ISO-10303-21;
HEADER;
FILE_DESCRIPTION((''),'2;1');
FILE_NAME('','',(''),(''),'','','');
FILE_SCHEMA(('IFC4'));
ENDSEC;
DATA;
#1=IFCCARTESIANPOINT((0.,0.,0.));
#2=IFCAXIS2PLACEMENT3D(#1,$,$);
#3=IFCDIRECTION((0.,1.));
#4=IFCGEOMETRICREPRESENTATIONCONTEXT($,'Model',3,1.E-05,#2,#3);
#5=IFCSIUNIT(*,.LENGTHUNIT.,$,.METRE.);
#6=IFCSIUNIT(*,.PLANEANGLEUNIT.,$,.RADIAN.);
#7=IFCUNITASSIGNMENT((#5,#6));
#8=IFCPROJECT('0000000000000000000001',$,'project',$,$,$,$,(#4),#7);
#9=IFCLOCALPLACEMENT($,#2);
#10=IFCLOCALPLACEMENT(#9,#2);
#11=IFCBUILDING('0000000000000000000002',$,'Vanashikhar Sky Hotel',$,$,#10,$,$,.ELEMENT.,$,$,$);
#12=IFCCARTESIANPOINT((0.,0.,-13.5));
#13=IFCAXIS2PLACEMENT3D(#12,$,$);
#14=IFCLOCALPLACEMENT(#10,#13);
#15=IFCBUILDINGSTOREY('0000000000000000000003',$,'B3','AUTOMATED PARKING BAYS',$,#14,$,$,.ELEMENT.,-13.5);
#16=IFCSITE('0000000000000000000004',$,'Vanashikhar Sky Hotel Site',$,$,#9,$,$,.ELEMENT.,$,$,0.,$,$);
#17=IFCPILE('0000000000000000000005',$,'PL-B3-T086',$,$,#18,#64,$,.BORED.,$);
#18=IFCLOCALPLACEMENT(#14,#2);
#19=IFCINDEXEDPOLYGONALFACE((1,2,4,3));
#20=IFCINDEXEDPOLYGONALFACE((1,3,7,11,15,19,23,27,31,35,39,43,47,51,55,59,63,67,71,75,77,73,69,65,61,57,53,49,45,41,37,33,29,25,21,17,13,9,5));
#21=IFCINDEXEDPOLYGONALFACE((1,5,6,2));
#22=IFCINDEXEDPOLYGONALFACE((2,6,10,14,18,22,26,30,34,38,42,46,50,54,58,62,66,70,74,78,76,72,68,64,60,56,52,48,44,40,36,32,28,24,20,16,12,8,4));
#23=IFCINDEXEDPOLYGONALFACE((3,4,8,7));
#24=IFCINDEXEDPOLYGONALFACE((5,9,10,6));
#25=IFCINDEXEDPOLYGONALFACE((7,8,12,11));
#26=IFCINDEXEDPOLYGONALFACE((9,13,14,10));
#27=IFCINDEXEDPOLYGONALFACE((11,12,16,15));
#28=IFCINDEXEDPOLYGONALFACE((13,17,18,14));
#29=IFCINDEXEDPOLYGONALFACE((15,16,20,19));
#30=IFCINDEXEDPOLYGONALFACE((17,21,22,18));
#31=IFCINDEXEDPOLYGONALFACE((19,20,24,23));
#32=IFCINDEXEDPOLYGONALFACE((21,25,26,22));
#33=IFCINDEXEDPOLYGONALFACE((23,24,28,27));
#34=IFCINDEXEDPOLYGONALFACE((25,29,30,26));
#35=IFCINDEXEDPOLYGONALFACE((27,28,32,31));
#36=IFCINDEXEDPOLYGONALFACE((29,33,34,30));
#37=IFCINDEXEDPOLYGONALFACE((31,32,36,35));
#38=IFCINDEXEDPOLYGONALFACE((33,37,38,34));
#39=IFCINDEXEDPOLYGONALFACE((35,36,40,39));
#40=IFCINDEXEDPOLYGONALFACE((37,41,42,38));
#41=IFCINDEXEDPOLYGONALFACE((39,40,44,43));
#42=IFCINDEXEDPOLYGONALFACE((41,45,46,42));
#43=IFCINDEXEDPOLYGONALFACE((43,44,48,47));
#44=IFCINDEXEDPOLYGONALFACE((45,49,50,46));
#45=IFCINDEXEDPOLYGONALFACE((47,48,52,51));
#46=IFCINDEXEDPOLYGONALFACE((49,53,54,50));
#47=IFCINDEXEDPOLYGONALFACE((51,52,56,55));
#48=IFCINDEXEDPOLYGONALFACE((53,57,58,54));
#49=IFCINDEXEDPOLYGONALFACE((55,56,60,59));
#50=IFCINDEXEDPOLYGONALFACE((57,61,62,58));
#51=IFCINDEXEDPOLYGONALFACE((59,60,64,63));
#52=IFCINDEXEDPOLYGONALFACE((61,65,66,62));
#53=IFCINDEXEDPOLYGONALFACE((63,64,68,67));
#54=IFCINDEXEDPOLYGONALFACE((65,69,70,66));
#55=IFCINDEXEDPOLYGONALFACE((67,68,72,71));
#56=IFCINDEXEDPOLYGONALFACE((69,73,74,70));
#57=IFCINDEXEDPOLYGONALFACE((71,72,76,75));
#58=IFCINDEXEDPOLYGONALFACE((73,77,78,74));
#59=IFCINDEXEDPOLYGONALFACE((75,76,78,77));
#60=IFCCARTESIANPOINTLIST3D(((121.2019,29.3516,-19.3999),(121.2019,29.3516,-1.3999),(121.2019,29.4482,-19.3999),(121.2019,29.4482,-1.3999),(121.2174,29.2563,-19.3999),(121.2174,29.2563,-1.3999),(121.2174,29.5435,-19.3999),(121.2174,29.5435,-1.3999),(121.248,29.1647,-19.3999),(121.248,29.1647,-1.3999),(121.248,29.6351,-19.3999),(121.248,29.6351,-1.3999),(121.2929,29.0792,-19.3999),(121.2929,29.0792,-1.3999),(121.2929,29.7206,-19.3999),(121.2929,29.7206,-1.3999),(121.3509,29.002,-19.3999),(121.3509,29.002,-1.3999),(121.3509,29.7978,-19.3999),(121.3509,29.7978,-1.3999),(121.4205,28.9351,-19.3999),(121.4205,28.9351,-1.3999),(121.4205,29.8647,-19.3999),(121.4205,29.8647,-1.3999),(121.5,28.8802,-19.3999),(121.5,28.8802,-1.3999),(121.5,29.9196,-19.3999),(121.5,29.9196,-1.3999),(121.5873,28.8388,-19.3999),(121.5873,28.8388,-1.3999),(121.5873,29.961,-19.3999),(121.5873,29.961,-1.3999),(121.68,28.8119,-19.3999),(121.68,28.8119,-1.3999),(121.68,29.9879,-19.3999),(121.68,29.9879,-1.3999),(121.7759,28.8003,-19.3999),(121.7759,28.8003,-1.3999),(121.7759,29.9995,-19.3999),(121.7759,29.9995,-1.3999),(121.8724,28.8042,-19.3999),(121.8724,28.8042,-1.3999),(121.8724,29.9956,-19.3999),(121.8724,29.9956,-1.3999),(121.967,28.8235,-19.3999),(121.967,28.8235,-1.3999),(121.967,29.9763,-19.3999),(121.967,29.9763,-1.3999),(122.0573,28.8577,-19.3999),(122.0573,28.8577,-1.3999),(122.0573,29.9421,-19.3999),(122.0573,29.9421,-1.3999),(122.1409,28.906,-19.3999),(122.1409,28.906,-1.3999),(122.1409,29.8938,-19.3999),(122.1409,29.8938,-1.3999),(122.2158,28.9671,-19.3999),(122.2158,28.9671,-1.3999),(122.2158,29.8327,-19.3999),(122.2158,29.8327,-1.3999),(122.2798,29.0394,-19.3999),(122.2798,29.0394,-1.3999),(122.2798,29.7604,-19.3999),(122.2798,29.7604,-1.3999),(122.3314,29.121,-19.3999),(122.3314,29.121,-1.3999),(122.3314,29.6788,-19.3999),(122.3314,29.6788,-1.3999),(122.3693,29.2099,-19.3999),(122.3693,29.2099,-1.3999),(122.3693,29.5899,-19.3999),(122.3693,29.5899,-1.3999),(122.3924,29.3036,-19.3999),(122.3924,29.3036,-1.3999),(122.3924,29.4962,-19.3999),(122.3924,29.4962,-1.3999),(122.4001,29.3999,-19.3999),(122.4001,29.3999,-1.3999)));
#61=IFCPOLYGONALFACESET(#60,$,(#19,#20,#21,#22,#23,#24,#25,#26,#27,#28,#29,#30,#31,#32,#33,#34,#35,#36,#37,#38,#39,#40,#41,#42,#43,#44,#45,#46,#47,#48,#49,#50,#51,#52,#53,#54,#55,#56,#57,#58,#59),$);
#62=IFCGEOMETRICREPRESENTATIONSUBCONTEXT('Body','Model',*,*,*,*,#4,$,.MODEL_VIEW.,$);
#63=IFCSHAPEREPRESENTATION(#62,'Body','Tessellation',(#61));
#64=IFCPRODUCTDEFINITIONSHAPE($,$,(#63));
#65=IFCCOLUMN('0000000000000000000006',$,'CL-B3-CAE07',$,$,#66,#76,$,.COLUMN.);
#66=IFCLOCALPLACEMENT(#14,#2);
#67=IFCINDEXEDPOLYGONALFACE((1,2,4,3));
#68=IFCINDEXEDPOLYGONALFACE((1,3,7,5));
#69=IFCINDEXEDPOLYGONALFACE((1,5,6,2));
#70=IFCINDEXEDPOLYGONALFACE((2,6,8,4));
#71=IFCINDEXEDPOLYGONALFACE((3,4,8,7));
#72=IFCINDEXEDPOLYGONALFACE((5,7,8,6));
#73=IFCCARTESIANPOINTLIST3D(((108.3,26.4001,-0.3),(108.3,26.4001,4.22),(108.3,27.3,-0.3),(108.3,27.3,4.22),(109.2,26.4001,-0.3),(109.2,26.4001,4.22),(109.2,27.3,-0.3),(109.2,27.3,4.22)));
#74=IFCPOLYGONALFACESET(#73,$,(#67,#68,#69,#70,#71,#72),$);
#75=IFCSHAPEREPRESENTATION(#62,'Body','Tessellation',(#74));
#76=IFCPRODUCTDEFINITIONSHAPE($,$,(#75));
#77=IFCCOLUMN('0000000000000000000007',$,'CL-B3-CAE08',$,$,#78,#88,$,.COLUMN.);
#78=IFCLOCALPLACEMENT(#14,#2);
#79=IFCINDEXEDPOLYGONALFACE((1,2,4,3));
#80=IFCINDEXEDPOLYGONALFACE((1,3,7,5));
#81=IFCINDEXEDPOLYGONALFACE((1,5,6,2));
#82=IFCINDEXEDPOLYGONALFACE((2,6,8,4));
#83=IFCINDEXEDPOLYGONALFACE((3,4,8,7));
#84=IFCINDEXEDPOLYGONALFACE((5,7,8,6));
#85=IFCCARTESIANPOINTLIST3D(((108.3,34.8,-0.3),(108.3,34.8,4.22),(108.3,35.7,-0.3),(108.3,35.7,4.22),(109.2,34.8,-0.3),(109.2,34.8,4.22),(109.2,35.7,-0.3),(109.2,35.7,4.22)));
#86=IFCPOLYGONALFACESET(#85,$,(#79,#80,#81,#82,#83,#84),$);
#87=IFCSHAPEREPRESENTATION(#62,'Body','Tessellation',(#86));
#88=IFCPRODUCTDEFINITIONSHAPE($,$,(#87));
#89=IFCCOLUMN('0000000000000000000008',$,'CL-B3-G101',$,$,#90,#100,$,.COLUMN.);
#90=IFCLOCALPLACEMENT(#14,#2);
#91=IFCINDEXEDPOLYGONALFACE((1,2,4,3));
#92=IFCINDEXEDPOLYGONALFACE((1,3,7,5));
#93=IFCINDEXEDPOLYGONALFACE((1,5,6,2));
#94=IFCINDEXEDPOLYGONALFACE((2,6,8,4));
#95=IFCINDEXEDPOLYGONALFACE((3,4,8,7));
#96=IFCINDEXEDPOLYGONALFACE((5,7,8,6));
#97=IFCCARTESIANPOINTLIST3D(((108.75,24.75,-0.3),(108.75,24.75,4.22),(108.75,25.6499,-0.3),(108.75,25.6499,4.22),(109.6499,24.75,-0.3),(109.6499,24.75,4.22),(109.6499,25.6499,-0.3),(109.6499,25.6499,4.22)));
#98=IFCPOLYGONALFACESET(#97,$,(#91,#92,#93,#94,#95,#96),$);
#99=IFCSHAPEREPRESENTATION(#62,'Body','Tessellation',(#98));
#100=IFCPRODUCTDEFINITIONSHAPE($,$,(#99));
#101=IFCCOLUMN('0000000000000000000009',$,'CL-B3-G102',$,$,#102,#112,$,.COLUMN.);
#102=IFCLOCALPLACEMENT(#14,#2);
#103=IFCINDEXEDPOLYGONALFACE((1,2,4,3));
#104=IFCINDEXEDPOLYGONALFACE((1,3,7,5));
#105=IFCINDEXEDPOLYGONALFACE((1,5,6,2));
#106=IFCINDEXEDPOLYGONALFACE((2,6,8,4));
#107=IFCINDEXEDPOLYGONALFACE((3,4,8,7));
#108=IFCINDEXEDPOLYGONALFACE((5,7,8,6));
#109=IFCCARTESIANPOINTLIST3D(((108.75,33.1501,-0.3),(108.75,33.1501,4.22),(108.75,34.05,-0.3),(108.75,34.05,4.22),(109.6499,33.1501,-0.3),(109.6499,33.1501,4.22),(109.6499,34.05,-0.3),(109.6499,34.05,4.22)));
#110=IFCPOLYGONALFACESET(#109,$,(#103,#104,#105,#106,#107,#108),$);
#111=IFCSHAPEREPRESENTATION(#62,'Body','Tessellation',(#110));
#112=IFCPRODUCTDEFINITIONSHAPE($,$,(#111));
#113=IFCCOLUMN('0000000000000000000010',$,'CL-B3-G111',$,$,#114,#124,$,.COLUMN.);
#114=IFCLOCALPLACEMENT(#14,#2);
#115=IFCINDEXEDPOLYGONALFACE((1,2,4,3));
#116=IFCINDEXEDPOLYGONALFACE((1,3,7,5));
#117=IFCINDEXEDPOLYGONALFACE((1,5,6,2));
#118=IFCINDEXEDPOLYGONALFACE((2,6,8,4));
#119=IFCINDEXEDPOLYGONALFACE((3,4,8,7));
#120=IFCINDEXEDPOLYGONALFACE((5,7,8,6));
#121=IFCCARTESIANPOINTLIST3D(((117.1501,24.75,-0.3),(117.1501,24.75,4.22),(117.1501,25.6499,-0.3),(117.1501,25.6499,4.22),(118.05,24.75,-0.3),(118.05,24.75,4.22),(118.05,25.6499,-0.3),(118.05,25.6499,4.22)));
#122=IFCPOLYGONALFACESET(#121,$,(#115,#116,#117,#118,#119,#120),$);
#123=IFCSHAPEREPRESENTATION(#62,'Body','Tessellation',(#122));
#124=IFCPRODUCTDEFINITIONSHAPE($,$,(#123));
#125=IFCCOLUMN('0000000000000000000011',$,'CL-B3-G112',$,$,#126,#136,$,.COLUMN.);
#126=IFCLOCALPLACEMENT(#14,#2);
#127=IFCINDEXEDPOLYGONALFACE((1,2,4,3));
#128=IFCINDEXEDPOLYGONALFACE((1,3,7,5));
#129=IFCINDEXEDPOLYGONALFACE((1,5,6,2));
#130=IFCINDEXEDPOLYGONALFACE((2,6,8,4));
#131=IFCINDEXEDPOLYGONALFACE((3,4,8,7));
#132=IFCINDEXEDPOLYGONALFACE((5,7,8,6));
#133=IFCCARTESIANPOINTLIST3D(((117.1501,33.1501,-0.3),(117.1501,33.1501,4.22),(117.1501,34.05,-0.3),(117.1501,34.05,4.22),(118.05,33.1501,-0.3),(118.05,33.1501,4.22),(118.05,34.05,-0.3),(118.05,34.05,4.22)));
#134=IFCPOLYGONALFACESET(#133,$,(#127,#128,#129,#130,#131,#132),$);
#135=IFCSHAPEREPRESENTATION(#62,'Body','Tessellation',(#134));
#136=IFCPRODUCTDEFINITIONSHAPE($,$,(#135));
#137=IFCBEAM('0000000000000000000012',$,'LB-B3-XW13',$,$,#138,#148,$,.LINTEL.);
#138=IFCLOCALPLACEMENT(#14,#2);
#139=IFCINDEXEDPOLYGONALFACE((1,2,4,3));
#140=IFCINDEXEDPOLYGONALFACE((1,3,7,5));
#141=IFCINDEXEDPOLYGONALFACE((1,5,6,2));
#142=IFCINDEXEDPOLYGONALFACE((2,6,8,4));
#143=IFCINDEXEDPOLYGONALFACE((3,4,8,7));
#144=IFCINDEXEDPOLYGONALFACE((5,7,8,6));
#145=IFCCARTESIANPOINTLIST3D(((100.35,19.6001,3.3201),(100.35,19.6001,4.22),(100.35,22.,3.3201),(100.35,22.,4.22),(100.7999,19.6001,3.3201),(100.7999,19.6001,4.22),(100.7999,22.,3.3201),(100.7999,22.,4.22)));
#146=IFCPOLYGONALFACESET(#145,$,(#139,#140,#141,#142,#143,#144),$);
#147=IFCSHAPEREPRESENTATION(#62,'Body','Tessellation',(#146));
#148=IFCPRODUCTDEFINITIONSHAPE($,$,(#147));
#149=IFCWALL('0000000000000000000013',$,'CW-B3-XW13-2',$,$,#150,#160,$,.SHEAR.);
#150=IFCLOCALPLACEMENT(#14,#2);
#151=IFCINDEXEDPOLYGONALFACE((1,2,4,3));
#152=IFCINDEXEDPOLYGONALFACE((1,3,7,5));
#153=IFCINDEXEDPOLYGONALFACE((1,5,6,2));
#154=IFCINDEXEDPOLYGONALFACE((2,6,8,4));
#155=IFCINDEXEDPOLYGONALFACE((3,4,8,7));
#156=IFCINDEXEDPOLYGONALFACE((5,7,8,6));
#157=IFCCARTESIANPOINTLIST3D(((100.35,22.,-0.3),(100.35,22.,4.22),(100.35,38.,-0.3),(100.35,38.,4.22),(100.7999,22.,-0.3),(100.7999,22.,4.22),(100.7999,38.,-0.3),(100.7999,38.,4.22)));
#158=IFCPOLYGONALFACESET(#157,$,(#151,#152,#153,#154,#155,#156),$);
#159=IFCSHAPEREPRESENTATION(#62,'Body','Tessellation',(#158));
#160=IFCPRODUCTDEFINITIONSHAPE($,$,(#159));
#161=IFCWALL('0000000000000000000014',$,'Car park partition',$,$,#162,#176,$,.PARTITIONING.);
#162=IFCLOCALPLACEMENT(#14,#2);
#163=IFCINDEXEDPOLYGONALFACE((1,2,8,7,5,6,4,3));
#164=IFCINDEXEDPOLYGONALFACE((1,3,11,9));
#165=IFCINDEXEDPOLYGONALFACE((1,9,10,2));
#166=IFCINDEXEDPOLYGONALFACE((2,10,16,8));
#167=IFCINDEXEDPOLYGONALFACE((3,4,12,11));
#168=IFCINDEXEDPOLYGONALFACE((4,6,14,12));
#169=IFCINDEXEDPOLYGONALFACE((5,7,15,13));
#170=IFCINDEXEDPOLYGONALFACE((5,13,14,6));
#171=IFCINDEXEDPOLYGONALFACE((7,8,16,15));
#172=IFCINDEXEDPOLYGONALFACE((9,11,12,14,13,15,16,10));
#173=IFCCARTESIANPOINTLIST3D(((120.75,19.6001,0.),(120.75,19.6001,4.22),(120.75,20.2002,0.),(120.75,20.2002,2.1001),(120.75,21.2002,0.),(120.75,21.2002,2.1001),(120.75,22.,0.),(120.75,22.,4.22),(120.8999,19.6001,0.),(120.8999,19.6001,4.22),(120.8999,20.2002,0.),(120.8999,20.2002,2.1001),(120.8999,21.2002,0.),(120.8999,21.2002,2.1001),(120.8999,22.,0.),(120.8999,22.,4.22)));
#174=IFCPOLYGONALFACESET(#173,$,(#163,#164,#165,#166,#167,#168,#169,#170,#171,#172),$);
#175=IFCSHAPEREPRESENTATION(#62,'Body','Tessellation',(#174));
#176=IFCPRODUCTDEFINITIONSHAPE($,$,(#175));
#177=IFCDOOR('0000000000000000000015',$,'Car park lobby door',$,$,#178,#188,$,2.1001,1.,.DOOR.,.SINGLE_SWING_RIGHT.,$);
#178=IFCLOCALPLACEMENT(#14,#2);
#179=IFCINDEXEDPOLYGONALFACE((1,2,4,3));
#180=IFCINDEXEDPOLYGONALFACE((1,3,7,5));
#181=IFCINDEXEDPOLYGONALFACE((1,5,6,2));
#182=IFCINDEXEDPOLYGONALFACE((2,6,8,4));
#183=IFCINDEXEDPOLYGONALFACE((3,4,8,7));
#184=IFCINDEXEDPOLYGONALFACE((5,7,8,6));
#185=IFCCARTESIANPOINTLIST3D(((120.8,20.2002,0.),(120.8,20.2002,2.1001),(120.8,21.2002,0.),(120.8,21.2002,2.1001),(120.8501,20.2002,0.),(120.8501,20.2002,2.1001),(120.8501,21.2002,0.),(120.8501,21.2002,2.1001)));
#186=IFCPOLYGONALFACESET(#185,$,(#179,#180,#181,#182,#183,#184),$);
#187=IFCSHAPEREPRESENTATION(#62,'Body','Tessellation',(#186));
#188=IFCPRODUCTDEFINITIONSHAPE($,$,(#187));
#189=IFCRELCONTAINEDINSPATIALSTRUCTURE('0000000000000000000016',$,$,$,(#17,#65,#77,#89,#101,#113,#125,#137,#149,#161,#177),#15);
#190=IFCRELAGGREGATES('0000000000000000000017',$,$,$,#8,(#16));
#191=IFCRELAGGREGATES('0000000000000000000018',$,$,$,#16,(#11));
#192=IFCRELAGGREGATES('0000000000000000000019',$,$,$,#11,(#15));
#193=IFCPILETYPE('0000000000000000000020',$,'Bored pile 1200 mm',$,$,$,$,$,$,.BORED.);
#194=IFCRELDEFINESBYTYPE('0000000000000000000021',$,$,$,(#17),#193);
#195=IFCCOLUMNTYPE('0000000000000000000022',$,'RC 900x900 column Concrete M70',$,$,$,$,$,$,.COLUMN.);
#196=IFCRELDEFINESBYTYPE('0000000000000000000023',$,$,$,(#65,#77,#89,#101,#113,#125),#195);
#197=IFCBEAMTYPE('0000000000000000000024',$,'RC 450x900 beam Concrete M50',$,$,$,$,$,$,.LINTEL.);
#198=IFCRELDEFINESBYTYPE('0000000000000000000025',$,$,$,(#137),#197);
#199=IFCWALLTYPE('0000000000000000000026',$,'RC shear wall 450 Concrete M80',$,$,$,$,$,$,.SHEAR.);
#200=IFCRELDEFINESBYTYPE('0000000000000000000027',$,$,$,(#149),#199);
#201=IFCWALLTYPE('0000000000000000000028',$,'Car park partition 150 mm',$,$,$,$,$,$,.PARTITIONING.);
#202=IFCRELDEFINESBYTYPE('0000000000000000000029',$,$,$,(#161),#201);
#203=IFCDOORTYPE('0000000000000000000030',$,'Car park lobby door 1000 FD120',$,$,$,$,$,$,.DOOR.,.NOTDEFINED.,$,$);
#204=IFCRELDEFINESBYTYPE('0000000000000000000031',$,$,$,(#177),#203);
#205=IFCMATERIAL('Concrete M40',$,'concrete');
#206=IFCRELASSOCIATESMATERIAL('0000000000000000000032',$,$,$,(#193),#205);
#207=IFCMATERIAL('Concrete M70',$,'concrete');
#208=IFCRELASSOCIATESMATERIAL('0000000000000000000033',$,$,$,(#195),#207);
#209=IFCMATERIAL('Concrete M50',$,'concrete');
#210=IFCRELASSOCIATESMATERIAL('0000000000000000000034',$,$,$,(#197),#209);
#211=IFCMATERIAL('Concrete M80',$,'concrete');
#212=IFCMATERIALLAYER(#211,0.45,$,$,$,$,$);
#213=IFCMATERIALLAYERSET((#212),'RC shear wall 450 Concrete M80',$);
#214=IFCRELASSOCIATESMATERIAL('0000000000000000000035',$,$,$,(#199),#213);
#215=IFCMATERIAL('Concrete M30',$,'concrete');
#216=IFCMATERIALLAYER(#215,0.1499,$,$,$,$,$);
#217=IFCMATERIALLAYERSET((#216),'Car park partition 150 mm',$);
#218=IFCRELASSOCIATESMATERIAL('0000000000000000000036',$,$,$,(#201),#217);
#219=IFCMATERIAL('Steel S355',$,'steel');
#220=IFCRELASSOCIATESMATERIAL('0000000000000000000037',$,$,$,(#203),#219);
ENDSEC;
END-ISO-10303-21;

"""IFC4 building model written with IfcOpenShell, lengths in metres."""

from ifc_helpers import new_model, si_unit, direction, frame, frame_2d, origin, origin_2d, place, context, subcontext, project, spatial, rectangle, circle, extrude, source, transform, mapped, material, layer, layer_set, material_profile, profile_set, type_object, element, fill, save


model = new_model("IFC4")

# Units and contexts
model_context = context("Model", 3, precision=1e-05, world=origin(), true_north=direction((0.0, 1.0)))
body_context = subcontext(model_context, "Body", "Model", "MODEL_VIEW")
ifc_project = project(units=[si_unit("LENGTHUNIT", "METRE"), si_unit("PLANEANGLEUNIT", "RADIAN")], contexts=[model_context])

# Site, building, storey
site_placement = place(None, origin())
site = spatial("IfcSite", under=ifc_project, at=site_placement, Name="Vanashikhar Sky Hotel Site", CompositionType="ELEMENT", RefElevation=0.0)
building_placement = place(site_placement, origin())
building = spatial("IfcBuilding", under=site, at=building_placement, Name="Vanashikhar Sky Hotel", CompositionType="ELEMENT")
storey_placement = place(building_placement, frame((0.0, 0.0, -13.5)))
storey = spatial("IfcBuildingStorey", under=building, at=storey_placement, Name="B3", Description="AUTOMATED PARKING BAYS", CompositionType="ELEMENT", Elevation=-13.5)

# Pile
ifc_material_1 = material(Name="Concrete M40", Category="concrete")
pile_type_1 = type_object("IfcPileType", Name="Bored pile 1200 mm", PredefinedType="BORED", material=ifc_material_1)
shared_shape_1 = source(origin(), body_context, "Body", "SweptSolid", [
    extrude(circle(Radius=0.6001, at=origin_2d()), origin(), (0.0, 0.0, 1.0), 18.0),
])
for number, where, z_axis, x_axis, name in (
    (1, (121.8, 29.3999, -1.3999), (0.0, 0.0, -1.0), (1.0, 0.0, 0.0), "PL-B3-T086"),
):
    element("IfcPile", number, at=place(storey_placement, frame(where, z_axis=z_axis, x_axis=x_axis)), inside=storey, type_object=pile_type_1, Name=name, PredefinedType="BORED", context=body_context, shape_type="MappedRepresentation", body=[
        mapped(shared_shape_1, transform((0.0, 0.0, 0.0), scale=1.0)),
    ])

# Columns
ifc_material_2 = material(Name="Concrete M70", Category="concrete")
ifc_material_profile_1 = material_profile(ifc_material_2, rectangle(XDim=0.8999, YDim=0.8999, at=origin_2d()))
ifc_profile_set_1 = profile_set([ifc_material_profile_1], Name="RC 900x900 column Concrete M70")
column_type = type_object("IfcColumnType", Name="RC 900x900 column Concrete M70", PredefinedType="COLUMN", material=ifc_profile_set_1)
shared_shape_2 = source(origin(), body_context, "Body", "SweptSolid", [
    extrude(rectangle(XDim=0.8999, YDim=0.8999, at=origin_2d()), origin(), (0.0, 0.0, 1.0), 4.52),
])
for number, where, z_axis, x_axis, name in (
    (2, (108.75, 26.8501, -0.3), (0.0, 0.0, 1.0), (1.0, 0.0, 0.0), "CL-B3-CAE07"),
    (3, (108.75, 35.25, -0.3), (0.0, 0.0, 1.0), (1.0, 0.0, 0.0), "CL-B3-CAE08"),
    (4, (109.2, 25.2, -0.3), (0.0, 0.0, 1.0), (1.0, 0.0, 0.0), "CL-B3-G101"),
    (5, (109.2, 33.6001, -0.3), (0.0, 0.0, 1.0), (1.0, 0.0, 0.0), "CL-B3-G102"),
    (6, (117.6001, 25.2, -0.3), (0.0, 0.0, 1.0), (1.0, 0.0, 0.0), "CL-B3-G111"),
    (7, (117.6001, 33.6001, -0.3), (0.0, 0.0, 1.0), (1.0, 0.0, 0.0), "CL-B3-G112"),
):
    element("IfcColumn", number, at=place(storey_placement, frame(where, z_axis=z_axis, x_axis=x_axis)), inside=storey, type_object=column_type, Name=name, PredefinedType="COLUMN", context=body_context, shape_type="MappedRepresentation", body=[
        mapped(shared_shape_2, transform((0.0, 0.0, 0.0), scale=1.0)),
    ])

# Beam
ifc_material_3 = material(Name="Concrete M50", Category="concrete")
ifc_material_profile_2 = material_profile(ifc_material_3, rectangle(XDim=0.45, YDim=0.8999, at=origin_2d()))
ifc_profile_set_2 = profile_set([ifc_material_profile_2], Name="RC 450x900 beam Concrete M50")
beam_type = type_object("IfcBeamType", Name="RC 450x900 beam Concrete M50", PredefinedType="LINTEL", material=ifc_profile_set_2)
shared_shape_3 = source(origin(), body_context, "Body", "SweptSolid", [
    extrude(rectangle(XDim=0.45, YDim=0.8999, at=origin_2d()), origin(), (0.0, 0.0, 1.0), 2.3999),
])
beam_placement = place(storey_placement, frame((100.575, 19.6001, 3.77), z_axis=(0.0, 1.0, 0.0), x_axis=(-1.0, 0.0, 0.0)))
element("IfcBeam", 8, at=beam_placement, inside=storey, type_object=beam_type, Name="LB-B3-XW13", PredefinedType="LINTEL", context=body_context, shape_type="MappedRepresentation", body=[
    mapped(shared_shape_3, transform((0.0, 0.0, 0.0), scale=1.0)),
])

# Wall
ifc_material_4 = material(Name="Concrete M80", Category="concrete")
ifc_layer_1 = layer(ifc_material_4, 0.45)
ifc_layer_set_1 = layer_set([ifc_layer_1], Name="RC shear wall 450 Concrete M80")
wall_type_1 = type_object("IfcWallType", Name="RC shear wall 450 Concrete M80", PredefinedType="SHEAR", material=ifc_layer_set_1)
shared_shape_4 = source(origin(), body_context, "Body", "SweptSolid", [
    extrude(rectangle(XDim=16.0, YDim=0.45, at=frame_2d((8.0, 0.0))), origin(), (0.0, 0.0, 1.0), 4.52),
])
wall_1_placement = place(storey_placement, frame((100.575, 22.0, -0.3), z_axis=(0.0, 0.0, 1.0), x_axis=(0.0, 1.0, 0.0)))
element("IfcWall", 9, at=wall_1_placement, inside=storey, type_object=wall_type_1, Name="CW-B3-XW13-2", PredefinedType="SHEAR", context=body_context, shape_type="MappedRepresentation", body=[
    mapped(shared_shape_4, transform((0.0, 0.0, 0.0), scale=1.0)),
])

# Wall, opening, door
ifc_material_5 = material(Name="Concrete M30", Category="concrete")
ifc_layer_2 = layer(ifc_material_5, 0.1499)
ifc_layer_set_2 = layer_set([ifc_layer_2], Name="Car park partition 150 mm")
wall_type_2 = type_object("IfcWallType", Name="Car park partition 150 mm", PredefinedType="PARTITIONING", material=ifc_layer_set_2)
shared_shape_5 = source(origin(), body_context, "Body", "SweptSolid", [
    extrude(rectangle(XDim=2.3999, YDim=0.1499, at=frame_2d((1.2, 0.0))), origin(), (0.0, 0.0, 1.0), 4.22),
])
wall_2_placement = place(storey_placement, frame((120.825, 19.6001, 0.0), z_axis=(0.0, 0.0, 1.0), x_axis=(0.0, 1.0, 0.0)))
wall_2 = element("IfcWall", 10, at=wall_2_placement, inside=storey, type_object=wall_type_2, Name="Car park partition", PredefinedType="PARTITIONING", context=body_context, shape_type="MappedRepresentation", body=[
    mapped(shared_shape_5, transform((0.0, 0.0, 0.0), scale=1.0)),
])
shared_shape_6 = source(origin(), body_context, "Body", "SweptSolid", [
    extrude(rectangle(XDim=1.0, YDim=2.1001, at=frame_2d((0.5, 1.05))), frame((0.0, 0.085, 0.0), z_axis=(0.0, -1.0, 0.0), x_axis=(1.0, 0.0, 0.0)), (0.0, 0.0, 1.0), 0.1699),
])
opening_1_placement = place(wall_2_placement, frame((0.6001, 0.0, 0.0)))
opening_1 = element("IfcOpeningElement", 11, at=opening_1_placement, cuts=wall_2, PredefinedType="OPENING", context=body_context, shape_type="MappedRepresentation", body=[
    mapped(shared_shape_6, transform((0.0, 0.0, 0.0), scale=1.0)),
])
ifc_material_6 = material(Name="Steel S355", Category="steel")
door_type = type_object("IfcDoorType", Name="Car park lobby door 1000 FD120", OperationType="NOTDEFINED", PredefinedType="DOOR", material=ifc_material_6)
shared_shape_7 = source(origin(), body_context, "Body", "SweptSolid", [
    extrude(rectangle(XDim=1.0, YDim=2.1001, at=frame_2d((0.5, 1.05))), frame((0.0, 0.0249, 0.0), z_axis=(0.0, -1.0, 0.0), x_axis=(1.0, 0.0, 0.0)), (0.0, 0.0, 1.0), 0.05),
])
door_1_placement = place(opening_1_placement, origin())
door_1 = element("IfcDoor", 12, at=door_1_placement, inside=storey, type_object=door_type, Name="Car park lobby door", OperationType="SINGLE_SWING_RIGHT", OverallHeight=2.1001, OverallWidth=1.0, PredefinedType="DOOR", context=body_context, shape_type="MappedRepresentation", body=[
    mapped(shared_shape_7, transform((0.0, 0.0, 0.0), scale=1.0)),
])
fill(opening_1, door_1)

save(model, "model.ifc")
